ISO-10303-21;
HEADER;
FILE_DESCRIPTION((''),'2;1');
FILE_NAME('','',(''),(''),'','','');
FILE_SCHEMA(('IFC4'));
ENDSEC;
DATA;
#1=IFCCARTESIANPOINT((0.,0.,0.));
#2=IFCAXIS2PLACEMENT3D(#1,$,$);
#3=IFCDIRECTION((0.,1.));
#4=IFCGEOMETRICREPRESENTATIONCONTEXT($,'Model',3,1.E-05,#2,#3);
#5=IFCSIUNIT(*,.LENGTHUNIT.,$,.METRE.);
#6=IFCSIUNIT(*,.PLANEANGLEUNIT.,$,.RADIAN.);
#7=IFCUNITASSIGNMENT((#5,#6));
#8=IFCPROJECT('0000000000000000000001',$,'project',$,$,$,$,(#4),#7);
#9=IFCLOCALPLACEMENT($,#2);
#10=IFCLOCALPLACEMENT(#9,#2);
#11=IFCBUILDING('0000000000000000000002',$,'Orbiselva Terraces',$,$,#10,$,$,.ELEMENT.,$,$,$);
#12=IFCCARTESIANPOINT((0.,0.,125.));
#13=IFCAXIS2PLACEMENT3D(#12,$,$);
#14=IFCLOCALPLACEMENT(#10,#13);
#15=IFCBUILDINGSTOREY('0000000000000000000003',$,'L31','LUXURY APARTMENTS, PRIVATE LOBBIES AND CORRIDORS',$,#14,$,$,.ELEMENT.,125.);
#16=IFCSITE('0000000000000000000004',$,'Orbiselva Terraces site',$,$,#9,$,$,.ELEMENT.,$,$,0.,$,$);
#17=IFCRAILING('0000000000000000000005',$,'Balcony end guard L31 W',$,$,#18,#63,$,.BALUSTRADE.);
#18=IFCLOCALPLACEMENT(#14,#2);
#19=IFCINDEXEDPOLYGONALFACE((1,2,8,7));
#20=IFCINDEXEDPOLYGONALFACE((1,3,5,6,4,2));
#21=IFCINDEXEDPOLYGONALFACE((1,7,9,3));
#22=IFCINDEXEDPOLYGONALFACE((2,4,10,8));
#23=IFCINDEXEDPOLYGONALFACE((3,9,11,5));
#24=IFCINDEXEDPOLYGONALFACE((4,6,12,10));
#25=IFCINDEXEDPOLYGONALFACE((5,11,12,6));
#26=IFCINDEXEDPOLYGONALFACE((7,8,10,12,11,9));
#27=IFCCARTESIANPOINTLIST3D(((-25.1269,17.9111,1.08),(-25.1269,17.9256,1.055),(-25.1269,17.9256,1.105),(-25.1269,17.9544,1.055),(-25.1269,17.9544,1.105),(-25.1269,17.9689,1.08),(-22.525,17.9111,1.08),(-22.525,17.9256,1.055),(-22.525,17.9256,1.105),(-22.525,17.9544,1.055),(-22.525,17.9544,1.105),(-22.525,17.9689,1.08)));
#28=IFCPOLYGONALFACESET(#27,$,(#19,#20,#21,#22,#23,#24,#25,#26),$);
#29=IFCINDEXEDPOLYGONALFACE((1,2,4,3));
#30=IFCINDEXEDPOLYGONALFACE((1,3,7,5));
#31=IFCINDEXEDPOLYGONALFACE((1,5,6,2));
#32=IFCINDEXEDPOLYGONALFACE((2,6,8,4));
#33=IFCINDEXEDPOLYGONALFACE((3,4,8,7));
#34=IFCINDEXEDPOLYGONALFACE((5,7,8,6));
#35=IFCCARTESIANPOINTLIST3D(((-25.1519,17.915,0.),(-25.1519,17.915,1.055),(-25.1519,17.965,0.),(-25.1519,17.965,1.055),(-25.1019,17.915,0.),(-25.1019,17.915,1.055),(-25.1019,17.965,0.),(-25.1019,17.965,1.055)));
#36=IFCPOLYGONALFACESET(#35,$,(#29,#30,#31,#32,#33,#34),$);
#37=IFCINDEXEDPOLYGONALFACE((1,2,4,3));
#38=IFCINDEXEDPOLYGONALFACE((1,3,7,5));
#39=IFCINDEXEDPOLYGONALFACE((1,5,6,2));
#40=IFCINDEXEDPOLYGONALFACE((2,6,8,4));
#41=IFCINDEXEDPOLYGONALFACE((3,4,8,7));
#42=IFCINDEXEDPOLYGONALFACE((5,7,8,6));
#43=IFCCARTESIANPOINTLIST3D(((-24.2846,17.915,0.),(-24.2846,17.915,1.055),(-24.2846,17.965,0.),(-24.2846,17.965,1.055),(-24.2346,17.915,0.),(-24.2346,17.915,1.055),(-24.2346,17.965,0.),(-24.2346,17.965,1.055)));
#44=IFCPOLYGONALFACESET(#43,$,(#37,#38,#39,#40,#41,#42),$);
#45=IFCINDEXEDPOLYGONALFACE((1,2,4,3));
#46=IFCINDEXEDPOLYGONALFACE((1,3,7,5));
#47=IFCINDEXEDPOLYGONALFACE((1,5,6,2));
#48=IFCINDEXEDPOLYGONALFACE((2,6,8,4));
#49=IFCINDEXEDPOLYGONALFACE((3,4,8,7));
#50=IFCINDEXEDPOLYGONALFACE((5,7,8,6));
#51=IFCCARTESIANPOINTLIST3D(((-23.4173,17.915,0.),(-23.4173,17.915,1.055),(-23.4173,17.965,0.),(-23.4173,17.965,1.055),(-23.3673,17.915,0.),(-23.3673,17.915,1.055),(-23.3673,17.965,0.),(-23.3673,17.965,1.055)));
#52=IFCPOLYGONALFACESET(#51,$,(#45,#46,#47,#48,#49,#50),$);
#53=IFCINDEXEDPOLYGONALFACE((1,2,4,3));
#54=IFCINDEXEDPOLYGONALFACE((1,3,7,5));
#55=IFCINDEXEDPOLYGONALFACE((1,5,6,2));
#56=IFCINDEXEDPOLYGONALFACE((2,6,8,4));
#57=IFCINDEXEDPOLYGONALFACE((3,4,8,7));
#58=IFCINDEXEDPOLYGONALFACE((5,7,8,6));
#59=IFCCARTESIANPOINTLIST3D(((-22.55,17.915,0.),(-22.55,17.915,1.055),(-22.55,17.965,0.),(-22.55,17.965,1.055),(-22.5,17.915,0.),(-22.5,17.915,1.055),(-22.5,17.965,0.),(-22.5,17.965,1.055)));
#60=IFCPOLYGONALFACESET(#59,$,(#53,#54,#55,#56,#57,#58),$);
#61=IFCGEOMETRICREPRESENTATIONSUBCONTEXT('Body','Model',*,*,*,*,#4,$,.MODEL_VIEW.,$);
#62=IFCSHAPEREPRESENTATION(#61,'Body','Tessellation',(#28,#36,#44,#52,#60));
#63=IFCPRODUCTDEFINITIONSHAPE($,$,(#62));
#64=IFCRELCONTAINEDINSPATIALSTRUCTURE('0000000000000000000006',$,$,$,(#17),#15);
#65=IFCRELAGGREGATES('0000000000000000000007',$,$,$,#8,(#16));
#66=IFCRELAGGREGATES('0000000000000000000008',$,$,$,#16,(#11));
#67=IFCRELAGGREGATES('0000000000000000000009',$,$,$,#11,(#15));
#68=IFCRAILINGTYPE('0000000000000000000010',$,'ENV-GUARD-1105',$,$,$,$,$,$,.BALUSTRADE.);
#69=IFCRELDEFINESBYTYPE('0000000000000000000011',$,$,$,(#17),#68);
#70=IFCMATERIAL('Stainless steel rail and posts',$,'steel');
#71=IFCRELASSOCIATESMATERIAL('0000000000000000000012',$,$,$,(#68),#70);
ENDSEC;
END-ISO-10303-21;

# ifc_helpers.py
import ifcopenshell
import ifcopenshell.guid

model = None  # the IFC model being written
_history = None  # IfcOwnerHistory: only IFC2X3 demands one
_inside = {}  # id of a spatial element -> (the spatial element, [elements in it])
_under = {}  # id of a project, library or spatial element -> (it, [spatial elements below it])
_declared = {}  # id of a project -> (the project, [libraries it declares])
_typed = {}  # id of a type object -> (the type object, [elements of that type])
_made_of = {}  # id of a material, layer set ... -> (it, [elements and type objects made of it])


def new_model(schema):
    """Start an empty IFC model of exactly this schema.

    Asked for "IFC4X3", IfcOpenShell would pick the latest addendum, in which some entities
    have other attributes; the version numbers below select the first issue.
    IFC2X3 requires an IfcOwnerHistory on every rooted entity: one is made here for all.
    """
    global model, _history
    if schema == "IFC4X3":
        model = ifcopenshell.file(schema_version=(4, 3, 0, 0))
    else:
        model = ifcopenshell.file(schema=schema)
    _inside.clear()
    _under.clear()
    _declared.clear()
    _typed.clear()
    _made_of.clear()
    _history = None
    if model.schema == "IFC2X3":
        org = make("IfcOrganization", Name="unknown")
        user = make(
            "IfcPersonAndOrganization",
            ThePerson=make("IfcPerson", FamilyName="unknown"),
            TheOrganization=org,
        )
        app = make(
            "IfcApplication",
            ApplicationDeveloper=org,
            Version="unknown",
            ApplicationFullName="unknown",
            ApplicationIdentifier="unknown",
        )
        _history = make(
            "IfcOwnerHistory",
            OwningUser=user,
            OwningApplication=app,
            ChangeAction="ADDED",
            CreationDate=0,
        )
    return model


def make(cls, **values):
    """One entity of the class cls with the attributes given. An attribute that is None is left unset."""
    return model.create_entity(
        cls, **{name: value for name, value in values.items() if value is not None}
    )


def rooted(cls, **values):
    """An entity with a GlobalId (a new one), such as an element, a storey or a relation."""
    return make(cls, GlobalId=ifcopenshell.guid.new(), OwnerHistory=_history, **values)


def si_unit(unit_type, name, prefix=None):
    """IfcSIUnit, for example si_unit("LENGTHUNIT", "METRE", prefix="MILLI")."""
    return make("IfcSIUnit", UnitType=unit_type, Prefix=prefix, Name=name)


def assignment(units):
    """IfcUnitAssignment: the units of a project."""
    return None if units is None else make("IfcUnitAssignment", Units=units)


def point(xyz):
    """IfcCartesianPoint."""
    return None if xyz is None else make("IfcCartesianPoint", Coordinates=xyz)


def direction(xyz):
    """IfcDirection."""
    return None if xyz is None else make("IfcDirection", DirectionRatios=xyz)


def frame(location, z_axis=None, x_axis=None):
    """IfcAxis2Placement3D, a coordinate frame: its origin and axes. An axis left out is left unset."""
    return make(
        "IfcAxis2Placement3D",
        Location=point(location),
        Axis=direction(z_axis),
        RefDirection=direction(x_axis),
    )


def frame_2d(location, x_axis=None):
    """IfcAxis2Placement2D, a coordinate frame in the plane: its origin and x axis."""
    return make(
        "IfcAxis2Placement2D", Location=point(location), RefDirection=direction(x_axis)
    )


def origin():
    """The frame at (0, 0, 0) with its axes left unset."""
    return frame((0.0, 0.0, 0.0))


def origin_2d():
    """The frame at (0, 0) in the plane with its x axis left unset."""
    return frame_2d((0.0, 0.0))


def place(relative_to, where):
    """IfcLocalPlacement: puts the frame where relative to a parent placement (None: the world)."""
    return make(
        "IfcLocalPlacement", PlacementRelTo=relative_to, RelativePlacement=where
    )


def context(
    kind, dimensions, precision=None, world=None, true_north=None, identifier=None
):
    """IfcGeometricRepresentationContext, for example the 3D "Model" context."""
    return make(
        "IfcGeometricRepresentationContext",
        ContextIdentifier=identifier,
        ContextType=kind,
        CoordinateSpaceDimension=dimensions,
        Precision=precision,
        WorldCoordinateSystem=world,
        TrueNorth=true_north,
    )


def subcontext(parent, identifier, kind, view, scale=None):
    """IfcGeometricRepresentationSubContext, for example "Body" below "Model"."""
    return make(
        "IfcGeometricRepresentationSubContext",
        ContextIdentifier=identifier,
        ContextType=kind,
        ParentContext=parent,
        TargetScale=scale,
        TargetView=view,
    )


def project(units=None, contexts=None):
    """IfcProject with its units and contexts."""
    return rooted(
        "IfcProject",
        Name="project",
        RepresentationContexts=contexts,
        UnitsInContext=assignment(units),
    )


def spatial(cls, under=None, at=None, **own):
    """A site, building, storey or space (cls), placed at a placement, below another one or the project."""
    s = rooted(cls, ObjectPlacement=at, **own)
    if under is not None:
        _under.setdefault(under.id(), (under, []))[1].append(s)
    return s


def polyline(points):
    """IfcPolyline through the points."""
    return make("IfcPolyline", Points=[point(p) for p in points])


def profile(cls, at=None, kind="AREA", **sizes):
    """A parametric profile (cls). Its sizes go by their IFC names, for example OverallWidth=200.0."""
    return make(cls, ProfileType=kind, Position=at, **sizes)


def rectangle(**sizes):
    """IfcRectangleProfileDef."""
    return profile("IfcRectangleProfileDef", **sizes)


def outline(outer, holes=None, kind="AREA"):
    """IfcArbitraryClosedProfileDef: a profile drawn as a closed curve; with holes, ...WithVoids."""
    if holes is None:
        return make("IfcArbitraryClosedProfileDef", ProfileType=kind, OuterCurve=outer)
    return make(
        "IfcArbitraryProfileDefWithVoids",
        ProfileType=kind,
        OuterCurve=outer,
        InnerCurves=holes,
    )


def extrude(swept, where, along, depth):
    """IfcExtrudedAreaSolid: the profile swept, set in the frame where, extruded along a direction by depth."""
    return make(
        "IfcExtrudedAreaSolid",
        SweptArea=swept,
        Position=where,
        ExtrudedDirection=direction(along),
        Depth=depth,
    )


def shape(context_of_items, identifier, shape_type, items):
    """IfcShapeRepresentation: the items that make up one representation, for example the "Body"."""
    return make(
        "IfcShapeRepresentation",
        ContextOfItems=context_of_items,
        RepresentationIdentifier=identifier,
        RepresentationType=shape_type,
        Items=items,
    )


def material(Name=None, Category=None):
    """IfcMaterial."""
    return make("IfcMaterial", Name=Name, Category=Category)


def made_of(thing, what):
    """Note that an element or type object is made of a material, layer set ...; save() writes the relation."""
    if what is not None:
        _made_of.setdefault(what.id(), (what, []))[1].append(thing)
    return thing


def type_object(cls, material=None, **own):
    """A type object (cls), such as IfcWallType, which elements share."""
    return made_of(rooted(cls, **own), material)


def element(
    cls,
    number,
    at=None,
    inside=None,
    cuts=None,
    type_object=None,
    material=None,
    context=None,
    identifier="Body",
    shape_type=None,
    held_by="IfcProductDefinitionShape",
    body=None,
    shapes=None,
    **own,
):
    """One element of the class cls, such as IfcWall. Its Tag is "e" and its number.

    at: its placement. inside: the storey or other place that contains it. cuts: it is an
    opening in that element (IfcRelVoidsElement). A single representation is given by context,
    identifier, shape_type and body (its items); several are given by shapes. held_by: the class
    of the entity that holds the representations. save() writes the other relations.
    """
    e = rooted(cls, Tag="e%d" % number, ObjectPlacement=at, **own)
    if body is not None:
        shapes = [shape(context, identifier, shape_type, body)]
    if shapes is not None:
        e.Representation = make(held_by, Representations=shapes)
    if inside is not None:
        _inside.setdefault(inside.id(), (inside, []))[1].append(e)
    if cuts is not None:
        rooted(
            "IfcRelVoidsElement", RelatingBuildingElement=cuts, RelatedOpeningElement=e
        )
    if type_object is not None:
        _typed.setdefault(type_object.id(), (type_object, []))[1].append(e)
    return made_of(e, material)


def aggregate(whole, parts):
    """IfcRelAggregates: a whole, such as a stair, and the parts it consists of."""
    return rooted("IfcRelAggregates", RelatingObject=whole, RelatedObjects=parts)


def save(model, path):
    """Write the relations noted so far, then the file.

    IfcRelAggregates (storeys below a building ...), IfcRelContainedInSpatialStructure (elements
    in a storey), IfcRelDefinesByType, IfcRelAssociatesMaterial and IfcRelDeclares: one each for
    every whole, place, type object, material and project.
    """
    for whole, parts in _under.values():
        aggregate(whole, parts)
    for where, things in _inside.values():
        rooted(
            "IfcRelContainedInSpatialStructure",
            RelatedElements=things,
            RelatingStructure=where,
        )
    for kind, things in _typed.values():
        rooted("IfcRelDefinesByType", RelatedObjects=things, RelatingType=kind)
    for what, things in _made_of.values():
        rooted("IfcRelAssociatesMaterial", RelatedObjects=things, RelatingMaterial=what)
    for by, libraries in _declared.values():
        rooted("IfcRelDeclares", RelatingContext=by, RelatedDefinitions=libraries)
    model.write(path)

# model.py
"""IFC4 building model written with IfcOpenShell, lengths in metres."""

from ifc_helpers import new_model, si_unit, direction, frame, origin, origin_2d, place, context, subcontext, project, spatial, polyline, rectangle, outline, extrude, material, type_object, element, save


model = new_model("IFC4")

# Units and contexts
model_context = context("Model", 3, precision=1e-05, world=origin(), true_north=direction((0.0, 1.0)))
body_context = subcontext(model_context, "Body", "Model", "MODEL_VIEW")
ifc_project = project(units=[si_unit("LENGTHUNIT", "METRE"), si_unit("PLANEANGLEUNIT", "RADIAN")], contexts=[model_context])

# Site, building, storey
site_placement = place(None, origin())
site = spatial("IfcSite", under=ifc_project, at=site_placement, Name="Orbiselva Terraces site", CompositionType="ELEMENT", RefElevation=0.0)
building_placement = place(site_placement, origin())
building = spatial("IfcBuilding", under=site, at=building_placement, Name="Orbiselva Terraces", CompositionType="ELEMENT")
storey_placement = place(building_placement, frame((0.0, 0.0, 125.0)))
storey = spatial("IfcBuildingStorey", under=building, at=storey_placement, Name="L31", Description="LUXURY APARTMENTS, PRIVATE LOBBIES AND CORRIDORS", CompositionType="ELEMENT", Elevation=125.0)

# Railing
ifc_material_1 = material(Name="Stainless steel rail and posts", Category="steel")
railing_type_1 = type_object("IfcRailingType", Name="ENV-GUARD-1105", PredefinedType="BALUSTRADE", material=ifc_material_1)
railing_1_placement = place(storey_placement, frame((-25.1269, 17.94, 0.0)))
element("IfcRailing", 1, at=railing_1_placement, inside=storey, type_object=railing_type_1, Name="Balcony end guard L31 W", PredefinedType="BALUSTRADE", context=body_context, shape_type="SweptSolid", body=[
    extrude(outline(polyline([(0.0289, 0.0), (0.0144, 0.025), (-0.0144, 0.025), (-0.0289, 0.0), (-0.0144, -0.025), (0.0144, -0.025), (0.0289, 0.0)])), frame((0.0, 0.0, 1.08), z_axis=(1.0, 0.0, 0.0), x_axis=(0.0, 1.0, 0.0)), (0.0, 0.0, 1.0), 2.6019),
    extrude(rectangle(XDim=0.05, YDim=0.05, at=origin_2d()), origin(), (0.0, 0.0, 1.0), 1.055),
    extrude(rectangle(XDim=0.05, YDim=0.05, at=origin_2d()), frame((0.8673, 0.0, 0.0)), (0.0, 0.0, 1.0), 1.055),
    extrude(rectangle(XDim=0.05, YDim=0.05, at=origin_2d()), frame((1.7346, 0.0, 0.0)), (0.0, 0.0, 1.0), 1.055),
    extrude(rectangle(XDim=0.05, YDim=0.05, at=origin_2d()), frame((2.6019, 0.0, 0.0)), (0.0, 0.0, 1.0), 1.055),
])

save(model, "model.ifc")
